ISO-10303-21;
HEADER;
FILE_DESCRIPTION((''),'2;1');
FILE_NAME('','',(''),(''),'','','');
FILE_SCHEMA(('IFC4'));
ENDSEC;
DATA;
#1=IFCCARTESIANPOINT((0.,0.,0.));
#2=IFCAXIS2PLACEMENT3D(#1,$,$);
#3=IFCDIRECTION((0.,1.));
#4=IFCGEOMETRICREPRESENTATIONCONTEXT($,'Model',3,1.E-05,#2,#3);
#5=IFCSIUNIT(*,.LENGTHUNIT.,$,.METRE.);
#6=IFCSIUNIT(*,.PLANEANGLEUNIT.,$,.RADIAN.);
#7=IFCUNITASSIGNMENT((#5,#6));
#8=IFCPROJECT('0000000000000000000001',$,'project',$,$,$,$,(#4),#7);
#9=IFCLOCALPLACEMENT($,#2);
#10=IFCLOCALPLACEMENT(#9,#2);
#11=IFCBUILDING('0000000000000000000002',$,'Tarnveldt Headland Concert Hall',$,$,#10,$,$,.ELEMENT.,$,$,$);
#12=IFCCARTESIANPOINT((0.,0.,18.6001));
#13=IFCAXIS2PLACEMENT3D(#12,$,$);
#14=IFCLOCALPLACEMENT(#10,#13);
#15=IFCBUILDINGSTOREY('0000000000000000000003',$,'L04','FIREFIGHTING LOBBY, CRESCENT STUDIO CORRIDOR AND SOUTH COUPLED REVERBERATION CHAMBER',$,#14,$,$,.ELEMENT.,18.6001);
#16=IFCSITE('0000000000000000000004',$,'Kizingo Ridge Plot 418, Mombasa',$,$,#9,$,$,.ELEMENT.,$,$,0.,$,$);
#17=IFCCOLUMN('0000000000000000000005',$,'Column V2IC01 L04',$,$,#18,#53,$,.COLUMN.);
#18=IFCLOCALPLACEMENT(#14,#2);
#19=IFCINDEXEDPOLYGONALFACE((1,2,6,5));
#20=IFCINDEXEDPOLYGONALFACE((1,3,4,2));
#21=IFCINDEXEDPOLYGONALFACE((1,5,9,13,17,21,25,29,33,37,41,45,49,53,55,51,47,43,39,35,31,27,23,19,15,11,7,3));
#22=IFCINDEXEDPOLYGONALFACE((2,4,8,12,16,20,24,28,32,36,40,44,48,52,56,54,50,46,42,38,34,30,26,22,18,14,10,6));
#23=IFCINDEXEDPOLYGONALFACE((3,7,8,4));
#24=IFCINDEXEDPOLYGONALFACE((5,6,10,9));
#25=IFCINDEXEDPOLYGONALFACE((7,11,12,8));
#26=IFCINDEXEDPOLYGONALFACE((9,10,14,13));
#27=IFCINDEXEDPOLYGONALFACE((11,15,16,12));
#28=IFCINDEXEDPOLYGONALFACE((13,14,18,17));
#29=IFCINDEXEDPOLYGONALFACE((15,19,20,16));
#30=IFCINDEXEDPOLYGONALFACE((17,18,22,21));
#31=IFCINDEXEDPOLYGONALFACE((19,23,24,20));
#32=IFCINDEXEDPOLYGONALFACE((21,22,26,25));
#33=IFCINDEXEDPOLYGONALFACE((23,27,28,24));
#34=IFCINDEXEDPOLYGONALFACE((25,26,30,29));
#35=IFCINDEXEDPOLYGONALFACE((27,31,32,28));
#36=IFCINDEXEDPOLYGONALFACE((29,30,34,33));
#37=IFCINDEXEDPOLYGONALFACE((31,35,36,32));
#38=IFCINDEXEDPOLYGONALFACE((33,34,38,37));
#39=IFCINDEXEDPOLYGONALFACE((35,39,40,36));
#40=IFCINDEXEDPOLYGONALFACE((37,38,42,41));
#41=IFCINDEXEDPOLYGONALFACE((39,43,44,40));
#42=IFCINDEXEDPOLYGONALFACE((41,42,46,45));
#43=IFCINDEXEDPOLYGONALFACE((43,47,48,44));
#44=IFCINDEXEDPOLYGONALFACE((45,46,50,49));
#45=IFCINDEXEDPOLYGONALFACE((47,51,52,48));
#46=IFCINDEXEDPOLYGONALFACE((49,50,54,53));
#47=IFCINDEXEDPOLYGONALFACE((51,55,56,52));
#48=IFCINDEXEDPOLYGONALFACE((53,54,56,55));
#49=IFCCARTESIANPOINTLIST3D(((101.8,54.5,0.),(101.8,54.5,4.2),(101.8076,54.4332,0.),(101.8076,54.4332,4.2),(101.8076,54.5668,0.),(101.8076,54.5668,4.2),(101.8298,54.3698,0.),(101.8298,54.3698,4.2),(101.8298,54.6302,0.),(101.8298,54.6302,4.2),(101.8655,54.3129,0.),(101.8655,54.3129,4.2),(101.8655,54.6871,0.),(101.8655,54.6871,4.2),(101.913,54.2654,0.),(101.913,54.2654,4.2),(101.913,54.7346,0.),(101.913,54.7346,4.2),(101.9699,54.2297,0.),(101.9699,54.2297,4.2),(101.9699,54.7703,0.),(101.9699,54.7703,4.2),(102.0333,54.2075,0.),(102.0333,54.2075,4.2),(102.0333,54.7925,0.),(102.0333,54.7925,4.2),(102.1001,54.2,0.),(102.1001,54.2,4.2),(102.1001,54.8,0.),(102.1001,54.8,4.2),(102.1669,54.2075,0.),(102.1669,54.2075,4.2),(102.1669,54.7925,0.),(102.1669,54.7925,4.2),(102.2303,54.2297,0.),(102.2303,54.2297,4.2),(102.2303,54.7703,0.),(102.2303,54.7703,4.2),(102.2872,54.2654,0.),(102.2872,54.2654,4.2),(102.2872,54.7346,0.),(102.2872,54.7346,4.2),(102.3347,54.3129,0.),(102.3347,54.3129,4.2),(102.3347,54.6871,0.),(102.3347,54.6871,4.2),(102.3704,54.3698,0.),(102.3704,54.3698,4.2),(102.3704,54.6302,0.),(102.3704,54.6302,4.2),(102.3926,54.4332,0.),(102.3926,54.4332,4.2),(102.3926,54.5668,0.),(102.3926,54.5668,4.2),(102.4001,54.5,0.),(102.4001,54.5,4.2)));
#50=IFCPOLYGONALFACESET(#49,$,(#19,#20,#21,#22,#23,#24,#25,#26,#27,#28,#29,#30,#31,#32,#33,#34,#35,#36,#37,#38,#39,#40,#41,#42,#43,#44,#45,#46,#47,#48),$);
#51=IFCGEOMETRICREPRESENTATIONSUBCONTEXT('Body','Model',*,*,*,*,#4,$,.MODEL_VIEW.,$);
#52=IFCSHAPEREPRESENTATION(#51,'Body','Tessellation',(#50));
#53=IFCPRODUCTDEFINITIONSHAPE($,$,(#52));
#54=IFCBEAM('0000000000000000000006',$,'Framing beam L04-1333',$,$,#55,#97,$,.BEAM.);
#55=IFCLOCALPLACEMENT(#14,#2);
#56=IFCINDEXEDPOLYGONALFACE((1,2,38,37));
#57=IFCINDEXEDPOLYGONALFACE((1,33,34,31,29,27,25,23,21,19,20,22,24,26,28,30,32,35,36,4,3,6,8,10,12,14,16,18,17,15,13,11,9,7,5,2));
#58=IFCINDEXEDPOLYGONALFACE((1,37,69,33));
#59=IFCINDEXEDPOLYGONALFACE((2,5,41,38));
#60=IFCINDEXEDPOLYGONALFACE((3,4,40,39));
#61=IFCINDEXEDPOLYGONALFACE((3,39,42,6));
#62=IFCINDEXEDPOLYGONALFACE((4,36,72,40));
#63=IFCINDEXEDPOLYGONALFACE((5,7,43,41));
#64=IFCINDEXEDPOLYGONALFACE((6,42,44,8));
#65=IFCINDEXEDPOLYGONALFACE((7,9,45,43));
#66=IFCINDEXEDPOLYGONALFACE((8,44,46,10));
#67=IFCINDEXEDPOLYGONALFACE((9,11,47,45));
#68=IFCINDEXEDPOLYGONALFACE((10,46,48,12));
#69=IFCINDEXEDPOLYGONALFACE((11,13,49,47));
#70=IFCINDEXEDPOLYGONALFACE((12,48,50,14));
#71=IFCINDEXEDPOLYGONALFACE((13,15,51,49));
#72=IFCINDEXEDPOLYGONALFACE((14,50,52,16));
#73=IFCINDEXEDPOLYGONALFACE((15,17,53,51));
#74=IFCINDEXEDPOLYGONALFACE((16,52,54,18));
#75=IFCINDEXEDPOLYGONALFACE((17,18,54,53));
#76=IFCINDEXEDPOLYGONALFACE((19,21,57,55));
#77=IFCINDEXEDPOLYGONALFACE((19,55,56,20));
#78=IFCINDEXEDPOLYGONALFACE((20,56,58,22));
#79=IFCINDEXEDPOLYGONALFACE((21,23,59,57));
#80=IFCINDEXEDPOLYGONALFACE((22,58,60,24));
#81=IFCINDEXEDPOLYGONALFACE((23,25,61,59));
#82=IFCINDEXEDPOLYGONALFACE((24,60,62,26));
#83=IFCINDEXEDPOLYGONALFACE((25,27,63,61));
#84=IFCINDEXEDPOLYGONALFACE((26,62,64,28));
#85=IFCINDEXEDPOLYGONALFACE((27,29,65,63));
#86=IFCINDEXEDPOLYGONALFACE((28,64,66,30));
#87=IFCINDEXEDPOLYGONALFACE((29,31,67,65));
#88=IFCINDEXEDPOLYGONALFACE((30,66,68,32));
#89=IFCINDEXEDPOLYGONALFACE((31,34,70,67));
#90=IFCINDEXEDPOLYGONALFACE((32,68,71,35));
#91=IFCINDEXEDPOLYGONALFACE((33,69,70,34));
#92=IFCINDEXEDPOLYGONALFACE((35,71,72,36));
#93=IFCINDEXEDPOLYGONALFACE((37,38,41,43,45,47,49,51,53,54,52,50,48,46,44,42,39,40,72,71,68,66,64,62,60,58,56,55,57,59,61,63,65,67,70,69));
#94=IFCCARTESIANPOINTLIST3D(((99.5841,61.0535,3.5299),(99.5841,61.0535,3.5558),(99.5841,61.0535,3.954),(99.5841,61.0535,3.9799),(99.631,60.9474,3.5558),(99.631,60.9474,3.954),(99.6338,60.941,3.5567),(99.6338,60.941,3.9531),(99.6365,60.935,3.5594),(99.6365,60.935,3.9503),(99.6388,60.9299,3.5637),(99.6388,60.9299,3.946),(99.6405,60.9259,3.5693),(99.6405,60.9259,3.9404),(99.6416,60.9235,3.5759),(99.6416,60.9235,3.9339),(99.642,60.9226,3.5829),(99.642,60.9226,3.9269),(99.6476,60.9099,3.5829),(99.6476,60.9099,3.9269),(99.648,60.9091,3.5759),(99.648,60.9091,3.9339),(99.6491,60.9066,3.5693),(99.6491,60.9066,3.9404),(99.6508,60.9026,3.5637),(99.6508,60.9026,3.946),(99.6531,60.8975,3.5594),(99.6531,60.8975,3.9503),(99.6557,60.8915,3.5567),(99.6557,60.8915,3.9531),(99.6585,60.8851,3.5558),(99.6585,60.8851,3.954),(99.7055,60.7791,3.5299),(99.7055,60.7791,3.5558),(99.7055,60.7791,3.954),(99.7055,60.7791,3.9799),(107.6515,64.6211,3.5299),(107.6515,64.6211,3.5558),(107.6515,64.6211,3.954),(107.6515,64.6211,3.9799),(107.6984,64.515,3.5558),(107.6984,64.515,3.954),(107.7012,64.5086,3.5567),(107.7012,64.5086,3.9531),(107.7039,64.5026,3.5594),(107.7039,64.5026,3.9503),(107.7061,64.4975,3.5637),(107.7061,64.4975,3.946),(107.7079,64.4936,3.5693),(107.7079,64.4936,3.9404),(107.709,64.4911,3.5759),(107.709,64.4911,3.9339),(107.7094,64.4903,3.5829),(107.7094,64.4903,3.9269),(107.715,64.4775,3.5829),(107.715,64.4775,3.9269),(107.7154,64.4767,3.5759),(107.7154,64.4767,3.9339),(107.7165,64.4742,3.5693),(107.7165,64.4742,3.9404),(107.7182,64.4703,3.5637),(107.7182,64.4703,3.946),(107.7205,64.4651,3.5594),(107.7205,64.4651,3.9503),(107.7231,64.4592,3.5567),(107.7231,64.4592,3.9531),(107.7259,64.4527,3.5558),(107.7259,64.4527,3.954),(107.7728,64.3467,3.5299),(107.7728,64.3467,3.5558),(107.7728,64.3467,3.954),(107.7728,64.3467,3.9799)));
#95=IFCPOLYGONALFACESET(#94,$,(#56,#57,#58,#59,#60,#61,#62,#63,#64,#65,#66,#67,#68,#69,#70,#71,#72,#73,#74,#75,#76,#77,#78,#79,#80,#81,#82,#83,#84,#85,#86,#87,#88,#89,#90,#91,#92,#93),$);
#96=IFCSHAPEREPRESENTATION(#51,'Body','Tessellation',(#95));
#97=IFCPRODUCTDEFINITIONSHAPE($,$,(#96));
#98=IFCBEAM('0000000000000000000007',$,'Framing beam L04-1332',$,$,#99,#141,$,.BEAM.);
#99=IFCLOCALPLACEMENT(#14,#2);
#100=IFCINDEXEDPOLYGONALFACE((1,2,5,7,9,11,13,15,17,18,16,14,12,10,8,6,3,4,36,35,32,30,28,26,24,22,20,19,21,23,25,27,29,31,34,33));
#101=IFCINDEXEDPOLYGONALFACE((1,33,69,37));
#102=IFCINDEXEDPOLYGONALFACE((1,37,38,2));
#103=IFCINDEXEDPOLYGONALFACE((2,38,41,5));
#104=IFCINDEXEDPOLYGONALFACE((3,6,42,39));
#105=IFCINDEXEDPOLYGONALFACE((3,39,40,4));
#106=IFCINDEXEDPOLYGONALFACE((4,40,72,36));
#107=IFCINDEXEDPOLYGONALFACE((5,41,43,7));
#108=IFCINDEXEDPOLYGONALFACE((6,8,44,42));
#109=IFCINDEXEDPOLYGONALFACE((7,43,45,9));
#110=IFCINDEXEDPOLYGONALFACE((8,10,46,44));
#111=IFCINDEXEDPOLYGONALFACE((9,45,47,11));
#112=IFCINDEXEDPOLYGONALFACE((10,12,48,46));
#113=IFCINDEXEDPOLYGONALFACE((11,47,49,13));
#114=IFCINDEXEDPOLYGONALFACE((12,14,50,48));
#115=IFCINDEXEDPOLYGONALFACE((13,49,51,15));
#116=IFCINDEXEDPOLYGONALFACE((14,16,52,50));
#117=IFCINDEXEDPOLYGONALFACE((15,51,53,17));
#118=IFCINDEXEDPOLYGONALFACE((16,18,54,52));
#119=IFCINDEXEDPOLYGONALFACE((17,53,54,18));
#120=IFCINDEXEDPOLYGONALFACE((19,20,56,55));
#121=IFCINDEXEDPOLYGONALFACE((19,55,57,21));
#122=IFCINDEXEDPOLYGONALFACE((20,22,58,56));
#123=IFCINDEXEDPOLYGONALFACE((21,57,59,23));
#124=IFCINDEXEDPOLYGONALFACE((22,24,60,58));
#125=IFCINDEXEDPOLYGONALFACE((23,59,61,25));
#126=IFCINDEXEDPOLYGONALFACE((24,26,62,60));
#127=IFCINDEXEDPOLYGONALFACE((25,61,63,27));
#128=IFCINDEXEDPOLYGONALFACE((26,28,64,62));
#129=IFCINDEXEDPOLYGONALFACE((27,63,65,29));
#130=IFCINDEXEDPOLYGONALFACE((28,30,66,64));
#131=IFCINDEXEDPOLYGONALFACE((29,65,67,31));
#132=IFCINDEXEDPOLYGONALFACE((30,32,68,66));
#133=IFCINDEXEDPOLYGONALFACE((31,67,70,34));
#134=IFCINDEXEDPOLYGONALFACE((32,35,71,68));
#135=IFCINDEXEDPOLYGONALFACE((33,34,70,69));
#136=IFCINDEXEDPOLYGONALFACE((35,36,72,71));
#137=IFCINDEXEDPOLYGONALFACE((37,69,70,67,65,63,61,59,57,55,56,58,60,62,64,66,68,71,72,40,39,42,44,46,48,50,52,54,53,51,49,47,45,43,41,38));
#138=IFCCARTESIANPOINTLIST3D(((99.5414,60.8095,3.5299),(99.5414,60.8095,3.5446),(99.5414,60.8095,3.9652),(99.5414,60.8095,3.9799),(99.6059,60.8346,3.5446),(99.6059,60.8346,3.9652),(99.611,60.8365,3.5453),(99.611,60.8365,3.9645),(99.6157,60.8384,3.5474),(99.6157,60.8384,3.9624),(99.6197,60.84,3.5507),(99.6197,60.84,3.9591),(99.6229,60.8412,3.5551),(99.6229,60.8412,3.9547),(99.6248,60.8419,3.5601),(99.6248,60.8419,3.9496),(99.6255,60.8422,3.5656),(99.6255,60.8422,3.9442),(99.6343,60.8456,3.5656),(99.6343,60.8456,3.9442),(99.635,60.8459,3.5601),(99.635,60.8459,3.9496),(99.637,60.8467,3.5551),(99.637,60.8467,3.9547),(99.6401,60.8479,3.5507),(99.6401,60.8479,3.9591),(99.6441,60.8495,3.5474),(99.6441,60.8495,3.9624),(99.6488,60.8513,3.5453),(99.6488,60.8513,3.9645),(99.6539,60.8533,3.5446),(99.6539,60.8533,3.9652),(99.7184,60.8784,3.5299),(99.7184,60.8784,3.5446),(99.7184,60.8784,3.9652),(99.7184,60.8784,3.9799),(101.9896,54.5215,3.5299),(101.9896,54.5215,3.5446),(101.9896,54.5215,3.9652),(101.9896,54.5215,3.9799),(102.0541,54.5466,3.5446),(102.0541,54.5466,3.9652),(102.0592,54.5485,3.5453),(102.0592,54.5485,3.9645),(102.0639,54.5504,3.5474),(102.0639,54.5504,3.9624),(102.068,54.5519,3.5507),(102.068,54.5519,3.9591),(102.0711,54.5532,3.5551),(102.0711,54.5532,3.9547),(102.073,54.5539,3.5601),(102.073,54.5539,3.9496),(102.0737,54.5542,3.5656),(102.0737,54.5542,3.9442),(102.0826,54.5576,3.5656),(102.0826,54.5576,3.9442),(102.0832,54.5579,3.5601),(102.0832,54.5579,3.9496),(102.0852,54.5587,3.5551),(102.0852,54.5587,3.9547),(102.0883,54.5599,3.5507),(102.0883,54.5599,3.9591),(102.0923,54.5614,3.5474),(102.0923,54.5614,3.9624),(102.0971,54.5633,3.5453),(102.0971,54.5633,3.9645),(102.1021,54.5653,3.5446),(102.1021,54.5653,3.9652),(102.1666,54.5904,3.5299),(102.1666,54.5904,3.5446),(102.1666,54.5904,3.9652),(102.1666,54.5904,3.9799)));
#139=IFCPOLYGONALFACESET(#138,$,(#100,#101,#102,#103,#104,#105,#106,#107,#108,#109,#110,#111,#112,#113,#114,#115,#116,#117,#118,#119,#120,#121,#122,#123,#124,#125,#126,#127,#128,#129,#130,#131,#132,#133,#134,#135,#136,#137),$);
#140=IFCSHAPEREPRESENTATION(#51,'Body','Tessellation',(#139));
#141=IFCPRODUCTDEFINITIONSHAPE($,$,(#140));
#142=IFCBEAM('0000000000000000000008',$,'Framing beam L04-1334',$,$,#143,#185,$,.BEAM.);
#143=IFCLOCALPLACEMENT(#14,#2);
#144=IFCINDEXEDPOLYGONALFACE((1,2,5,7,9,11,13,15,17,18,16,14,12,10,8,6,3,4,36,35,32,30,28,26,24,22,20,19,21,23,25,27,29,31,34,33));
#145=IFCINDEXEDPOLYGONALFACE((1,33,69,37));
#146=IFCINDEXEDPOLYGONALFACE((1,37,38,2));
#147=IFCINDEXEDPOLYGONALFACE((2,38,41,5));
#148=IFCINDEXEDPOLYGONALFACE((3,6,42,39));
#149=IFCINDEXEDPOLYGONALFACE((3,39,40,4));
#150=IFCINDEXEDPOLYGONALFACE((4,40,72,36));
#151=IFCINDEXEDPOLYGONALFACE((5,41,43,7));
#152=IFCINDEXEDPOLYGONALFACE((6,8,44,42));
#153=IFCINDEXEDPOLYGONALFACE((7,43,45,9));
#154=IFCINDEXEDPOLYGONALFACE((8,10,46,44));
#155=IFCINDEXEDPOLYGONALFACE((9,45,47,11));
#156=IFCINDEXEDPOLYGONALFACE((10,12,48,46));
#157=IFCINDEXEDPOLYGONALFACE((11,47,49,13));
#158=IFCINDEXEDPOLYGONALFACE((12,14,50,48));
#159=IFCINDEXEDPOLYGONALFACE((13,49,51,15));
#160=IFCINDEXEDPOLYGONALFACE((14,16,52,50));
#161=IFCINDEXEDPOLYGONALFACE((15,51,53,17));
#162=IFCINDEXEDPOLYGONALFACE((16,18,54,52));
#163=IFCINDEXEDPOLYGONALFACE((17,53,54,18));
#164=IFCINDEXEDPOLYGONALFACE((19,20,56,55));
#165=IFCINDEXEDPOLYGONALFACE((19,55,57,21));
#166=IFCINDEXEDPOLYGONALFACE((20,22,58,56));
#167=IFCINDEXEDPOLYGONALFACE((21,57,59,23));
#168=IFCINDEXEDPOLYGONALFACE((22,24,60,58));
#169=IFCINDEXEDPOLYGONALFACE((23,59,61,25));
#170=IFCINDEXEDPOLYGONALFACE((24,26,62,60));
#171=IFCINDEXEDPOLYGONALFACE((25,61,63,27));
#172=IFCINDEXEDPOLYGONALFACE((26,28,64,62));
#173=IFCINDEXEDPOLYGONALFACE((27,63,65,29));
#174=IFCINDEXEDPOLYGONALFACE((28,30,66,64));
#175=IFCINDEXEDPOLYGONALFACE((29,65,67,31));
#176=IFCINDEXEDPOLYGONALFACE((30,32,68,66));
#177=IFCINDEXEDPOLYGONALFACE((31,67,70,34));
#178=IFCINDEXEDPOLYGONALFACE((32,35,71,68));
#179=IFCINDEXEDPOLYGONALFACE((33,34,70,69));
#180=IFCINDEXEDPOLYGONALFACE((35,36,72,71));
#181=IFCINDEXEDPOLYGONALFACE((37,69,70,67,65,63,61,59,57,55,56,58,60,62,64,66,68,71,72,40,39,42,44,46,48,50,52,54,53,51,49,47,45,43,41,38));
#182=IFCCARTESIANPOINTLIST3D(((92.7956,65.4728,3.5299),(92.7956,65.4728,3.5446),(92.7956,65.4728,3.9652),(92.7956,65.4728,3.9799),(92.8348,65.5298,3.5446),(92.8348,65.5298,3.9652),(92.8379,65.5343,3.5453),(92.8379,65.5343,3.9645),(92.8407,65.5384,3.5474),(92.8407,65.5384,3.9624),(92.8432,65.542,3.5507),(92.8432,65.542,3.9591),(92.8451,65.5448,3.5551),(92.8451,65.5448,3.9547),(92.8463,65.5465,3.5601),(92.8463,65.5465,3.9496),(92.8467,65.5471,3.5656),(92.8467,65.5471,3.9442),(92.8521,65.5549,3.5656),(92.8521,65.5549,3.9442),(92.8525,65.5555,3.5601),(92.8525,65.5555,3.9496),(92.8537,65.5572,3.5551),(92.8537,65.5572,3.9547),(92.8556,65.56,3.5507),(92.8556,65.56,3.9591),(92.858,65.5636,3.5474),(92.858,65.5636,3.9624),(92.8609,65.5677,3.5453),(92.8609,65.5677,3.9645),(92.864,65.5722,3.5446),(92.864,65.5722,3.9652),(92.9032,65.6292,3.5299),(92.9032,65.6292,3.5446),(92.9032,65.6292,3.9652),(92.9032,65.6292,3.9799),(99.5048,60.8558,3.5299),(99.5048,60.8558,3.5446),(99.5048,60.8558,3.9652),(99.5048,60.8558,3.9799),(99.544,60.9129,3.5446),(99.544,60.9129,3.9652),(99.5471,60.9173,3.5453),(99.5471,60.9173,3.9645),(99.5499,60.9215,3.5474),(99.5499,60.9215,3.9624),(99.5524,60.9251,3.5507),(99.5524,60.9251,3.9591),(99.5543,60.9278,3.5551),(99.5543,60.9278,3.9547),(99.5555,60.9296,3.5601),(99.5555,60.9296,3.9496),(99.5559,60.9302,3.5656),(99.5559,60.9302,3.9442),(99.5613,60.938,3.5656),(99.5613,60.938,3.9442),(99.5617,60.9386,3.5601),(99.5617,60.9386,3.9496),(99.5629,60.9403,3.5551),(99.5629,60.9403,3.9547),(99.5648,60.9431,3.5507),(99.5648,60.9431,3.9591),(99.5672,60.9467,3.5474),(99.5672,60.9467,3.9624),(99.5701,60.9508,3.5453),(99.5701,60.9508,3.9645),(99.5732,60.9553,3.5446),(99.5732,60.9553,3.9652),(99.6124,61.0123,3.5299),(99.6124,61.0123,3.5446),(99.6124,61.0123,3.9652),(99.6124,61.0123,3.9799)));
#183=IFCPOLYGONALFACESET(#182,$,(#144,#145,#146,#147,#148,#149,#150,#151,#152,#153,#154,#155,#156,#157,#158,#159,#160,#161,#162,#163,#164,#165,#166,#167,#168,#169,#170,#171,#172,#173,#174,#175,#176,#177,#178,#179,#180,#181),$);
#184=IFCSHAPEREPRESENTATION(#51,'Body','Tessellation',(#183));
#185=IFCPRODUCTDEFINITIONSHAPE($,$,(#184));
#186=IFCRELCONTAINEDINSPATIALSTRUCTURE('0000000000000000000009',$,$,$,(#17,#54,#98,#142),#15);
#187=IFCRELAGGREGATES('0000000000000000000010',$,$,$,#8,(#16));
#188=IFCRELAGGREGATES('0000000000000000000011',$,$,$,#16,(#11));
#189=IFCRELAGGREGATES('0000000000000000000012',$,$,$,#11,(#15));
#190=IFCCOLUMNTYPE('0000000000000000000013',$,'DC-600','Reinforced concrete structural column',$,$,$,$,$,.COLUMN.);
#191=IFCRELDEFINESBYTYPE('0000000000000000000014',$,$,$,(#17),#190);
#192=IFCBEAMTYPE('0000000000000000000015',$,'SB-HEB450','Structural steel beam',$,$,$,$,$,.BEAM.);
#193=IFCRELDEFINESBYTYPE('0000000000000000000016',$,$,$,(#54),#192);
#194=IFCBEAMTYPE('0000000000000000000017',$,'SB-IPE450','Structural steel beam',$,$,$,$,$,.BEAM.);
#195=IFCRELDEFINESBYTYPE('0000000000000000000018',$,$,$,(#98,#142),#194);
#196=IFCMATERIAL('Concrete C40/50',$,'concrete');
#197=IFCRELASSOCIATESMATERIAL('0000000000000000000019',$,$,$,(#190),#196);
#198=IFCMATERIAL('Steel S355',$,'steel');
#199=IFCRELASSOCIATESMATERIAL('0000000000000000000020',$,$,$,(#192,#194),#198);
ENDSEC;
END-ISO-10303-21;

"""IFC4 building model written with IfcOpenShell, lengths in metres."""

from ifc_helpers import new_model, si_unit, direction, frame, origin, origin_2d, place, context, subcontext, project, spatial, circle, i_section, extrude, material, material_profile, profile_set, type_object, element, save


model = new_model("IFC4")

# Units and contexts
model_context = context("Model", 3, precision=1e-05, world=origin(), true_north=direction((0.0, 1.0)))
body_context = subcontext(model_context, "Body", "Model", "MODEL_VIEW")
ifc_project = project(units=[si_unit("LENGTHUNIT", "METRE"), si_unit("PLANEANGLEUNIT", "RADIAN")], contexts=[model_context])

# Site, building, storey
site_placement = place(None, origin())
site = spatial("IfcSite", under=ifc_project, at=site_placement, Name="Kizingo Ridge Plot 418, Mombasa", CompositionType="ELEMENT", RefElevation=0.0)
building_placement = place(site_placement, origin())
building = spatial("IfcBuilding", under=site, at=building_placement, Name="Tarnveldt Headland Concert Hall", CompositionType="ELEMENT")
storey_placement = place(building_placement, frame((0.0, 0.0, 18.6001)))
storey = spatial("IfcBuildingStorey", under=building, at=storey_placement, Name="L04", Description="FIREFIGHTING LOBBY, CRESCENT STUDIO CORRIDOR AND SOUTH COUPLED REVERBERATION CHAMBER", CompositionType="ELEMENT", Elevation=18.6001)

# Column
ifc_material_1 = material(Name="Concrete C40/50", Category="concrete")
ifc_material_profile_1 = material_profile(ifc_material_1, circle(Radius=0.3, at=origin_2d()), Name="RC D600", Category="concrete")
ifc_profile_set_1 = profile_set([ifc_material_profile_1], Name="Concrete C40/50")
column_type = type_object("IfcColumnType", Name="DC-600", Description="Reinforced concrete structural column", PredefinedType="COLUMN", material=ifc_profile_set_1)
for number, where, z_axis, x_axis, name in (
    (1, (102.1001, 54.5, 0.0), (0.0, 0.0, 1.0), (1.0, 0.0, 0.0), "Column V2IC01 L04"),
):
    element("IfcColumn", number, at=place(storey_placement, frame(where, z_axis=z_axis, x_axis=x_axis)), inside=storey, type_object=column_type, Name=name, PredefinedType="COLUMN", context=body_context, shape_type="SweptSolid", body=[
        extrude(circle(Radius=0.3, at=origin_2d()), origin(), (0.0, 0.0, 1.0), 4.2),
    ])

# Beams
ifc_material_2 = material(Name="Steel S355", Category="steel")
ifc_material_profile_2 = material_profile(ifc_material_2, i_section(OverallWidth=0.3, OverallDepth=0.45, WebThickness=0.0139, FlangeThickness=0.0259, FilletRadius=0.0271, at=origin_2d()), Name="HEB450", Category="steel")
ifc_profile_set_2 = profile_set([ifc_material_profile_2], Name="Steel S355")
beam_type_1 = type_object("IfcBeamType", Name="SB-HEB450", Description="Structural steel beam", PredefinedType="BEAM", material=ifc_profile_set_2)
beam_1_placement = place(storey_placement, frame((99.6448, 60.9163, 3.7549), z_axis=(0.914562, 0.404445, 0.0), x_axis=(-0.404445, 0.914562, 0.0)))
element("IfcBeam", 2, at=beam_1_placement, inside=storey, type_object=beam_type_1, Name="Framing beam L04-1333", PredefinedType="BEAM", context=body_context, shape_type="SweptSolid", body=[
    extrude(i_section(OverallWidth=0.3, OverallDepth=0.45, WebThickness=0.0139, FlangeThickness=0.0259, FilletRadius=0.0271, at=origin_2d()), origin(), (0.0, 0.0, 1.0), 8.821),
])
ifc_material_profile_3 = material_profile(ifc_material_2, i_section(OverallWidth=0.1899, OverallDepth=0.45, WebThickness=0.0095, FlangeThickness=0.0146, FilletRadius=0.021, at=origin_2d()), Name="IPE450", Category="steel")
ifc_profile_set_3 = profile_set([ifc_material_profile_3], Name="Steel S355")
beam_type_2 = type_object("IfcBeamType", Name="SB-IPE450", Description="Structural steel beam", PredefinedType="BEAM", material=ifc_profile_set_3)
beam_2_placement = place(storey_placement, frame((102.0781, 54.5559, 3.7549), z_axis=(-0.362816, 0.931861, 0.0), x_axis=(-0.931861, -0.362816, 0.0)))
element("IfcBeam", 3, at=beam_2_placement, inside=storey, type_object=beam_type_2, Name="Framing beam L04-1332", PredefinedType="BEAM", context=body_context, shape_type="SweptSolid", body=[
    extrude(i_section(OverallWidth=0.1899, OverallDepth=0.45, WebThickness=0.0095, FlangeThickness=0.0146, FilletRadius=0.021, at=origin_2d()), origin(), (0.0, 0.0, 1.0), 6.7478),
])
beam_3_placement = place(storey_placement, frame((99.5586, 60.9341, 3.7549), z_axis=(-0.823793, 0.566891, 0.0), x_axis=(-0.566891, -0.823793, 0.0)))
element("IfcBeam", 4, at=beam_3_placement, inside=storey, type_object=beam_type_2, Name="Framing beam L04-1334", PredefinedType="BEAM", context=body_context, shape_type="SweptSolid", body=[
    extrude(i_section(OverallWidth=0.1899, OverallDepth=0.45, WebThickness=0.0095, FlangeThickness=0.0146, FilletRadius=0.021, at=origin_2d()), origin(), (0.0, 0.0, 1.0), 8.1443),
])

save(model, "model.ifc")
